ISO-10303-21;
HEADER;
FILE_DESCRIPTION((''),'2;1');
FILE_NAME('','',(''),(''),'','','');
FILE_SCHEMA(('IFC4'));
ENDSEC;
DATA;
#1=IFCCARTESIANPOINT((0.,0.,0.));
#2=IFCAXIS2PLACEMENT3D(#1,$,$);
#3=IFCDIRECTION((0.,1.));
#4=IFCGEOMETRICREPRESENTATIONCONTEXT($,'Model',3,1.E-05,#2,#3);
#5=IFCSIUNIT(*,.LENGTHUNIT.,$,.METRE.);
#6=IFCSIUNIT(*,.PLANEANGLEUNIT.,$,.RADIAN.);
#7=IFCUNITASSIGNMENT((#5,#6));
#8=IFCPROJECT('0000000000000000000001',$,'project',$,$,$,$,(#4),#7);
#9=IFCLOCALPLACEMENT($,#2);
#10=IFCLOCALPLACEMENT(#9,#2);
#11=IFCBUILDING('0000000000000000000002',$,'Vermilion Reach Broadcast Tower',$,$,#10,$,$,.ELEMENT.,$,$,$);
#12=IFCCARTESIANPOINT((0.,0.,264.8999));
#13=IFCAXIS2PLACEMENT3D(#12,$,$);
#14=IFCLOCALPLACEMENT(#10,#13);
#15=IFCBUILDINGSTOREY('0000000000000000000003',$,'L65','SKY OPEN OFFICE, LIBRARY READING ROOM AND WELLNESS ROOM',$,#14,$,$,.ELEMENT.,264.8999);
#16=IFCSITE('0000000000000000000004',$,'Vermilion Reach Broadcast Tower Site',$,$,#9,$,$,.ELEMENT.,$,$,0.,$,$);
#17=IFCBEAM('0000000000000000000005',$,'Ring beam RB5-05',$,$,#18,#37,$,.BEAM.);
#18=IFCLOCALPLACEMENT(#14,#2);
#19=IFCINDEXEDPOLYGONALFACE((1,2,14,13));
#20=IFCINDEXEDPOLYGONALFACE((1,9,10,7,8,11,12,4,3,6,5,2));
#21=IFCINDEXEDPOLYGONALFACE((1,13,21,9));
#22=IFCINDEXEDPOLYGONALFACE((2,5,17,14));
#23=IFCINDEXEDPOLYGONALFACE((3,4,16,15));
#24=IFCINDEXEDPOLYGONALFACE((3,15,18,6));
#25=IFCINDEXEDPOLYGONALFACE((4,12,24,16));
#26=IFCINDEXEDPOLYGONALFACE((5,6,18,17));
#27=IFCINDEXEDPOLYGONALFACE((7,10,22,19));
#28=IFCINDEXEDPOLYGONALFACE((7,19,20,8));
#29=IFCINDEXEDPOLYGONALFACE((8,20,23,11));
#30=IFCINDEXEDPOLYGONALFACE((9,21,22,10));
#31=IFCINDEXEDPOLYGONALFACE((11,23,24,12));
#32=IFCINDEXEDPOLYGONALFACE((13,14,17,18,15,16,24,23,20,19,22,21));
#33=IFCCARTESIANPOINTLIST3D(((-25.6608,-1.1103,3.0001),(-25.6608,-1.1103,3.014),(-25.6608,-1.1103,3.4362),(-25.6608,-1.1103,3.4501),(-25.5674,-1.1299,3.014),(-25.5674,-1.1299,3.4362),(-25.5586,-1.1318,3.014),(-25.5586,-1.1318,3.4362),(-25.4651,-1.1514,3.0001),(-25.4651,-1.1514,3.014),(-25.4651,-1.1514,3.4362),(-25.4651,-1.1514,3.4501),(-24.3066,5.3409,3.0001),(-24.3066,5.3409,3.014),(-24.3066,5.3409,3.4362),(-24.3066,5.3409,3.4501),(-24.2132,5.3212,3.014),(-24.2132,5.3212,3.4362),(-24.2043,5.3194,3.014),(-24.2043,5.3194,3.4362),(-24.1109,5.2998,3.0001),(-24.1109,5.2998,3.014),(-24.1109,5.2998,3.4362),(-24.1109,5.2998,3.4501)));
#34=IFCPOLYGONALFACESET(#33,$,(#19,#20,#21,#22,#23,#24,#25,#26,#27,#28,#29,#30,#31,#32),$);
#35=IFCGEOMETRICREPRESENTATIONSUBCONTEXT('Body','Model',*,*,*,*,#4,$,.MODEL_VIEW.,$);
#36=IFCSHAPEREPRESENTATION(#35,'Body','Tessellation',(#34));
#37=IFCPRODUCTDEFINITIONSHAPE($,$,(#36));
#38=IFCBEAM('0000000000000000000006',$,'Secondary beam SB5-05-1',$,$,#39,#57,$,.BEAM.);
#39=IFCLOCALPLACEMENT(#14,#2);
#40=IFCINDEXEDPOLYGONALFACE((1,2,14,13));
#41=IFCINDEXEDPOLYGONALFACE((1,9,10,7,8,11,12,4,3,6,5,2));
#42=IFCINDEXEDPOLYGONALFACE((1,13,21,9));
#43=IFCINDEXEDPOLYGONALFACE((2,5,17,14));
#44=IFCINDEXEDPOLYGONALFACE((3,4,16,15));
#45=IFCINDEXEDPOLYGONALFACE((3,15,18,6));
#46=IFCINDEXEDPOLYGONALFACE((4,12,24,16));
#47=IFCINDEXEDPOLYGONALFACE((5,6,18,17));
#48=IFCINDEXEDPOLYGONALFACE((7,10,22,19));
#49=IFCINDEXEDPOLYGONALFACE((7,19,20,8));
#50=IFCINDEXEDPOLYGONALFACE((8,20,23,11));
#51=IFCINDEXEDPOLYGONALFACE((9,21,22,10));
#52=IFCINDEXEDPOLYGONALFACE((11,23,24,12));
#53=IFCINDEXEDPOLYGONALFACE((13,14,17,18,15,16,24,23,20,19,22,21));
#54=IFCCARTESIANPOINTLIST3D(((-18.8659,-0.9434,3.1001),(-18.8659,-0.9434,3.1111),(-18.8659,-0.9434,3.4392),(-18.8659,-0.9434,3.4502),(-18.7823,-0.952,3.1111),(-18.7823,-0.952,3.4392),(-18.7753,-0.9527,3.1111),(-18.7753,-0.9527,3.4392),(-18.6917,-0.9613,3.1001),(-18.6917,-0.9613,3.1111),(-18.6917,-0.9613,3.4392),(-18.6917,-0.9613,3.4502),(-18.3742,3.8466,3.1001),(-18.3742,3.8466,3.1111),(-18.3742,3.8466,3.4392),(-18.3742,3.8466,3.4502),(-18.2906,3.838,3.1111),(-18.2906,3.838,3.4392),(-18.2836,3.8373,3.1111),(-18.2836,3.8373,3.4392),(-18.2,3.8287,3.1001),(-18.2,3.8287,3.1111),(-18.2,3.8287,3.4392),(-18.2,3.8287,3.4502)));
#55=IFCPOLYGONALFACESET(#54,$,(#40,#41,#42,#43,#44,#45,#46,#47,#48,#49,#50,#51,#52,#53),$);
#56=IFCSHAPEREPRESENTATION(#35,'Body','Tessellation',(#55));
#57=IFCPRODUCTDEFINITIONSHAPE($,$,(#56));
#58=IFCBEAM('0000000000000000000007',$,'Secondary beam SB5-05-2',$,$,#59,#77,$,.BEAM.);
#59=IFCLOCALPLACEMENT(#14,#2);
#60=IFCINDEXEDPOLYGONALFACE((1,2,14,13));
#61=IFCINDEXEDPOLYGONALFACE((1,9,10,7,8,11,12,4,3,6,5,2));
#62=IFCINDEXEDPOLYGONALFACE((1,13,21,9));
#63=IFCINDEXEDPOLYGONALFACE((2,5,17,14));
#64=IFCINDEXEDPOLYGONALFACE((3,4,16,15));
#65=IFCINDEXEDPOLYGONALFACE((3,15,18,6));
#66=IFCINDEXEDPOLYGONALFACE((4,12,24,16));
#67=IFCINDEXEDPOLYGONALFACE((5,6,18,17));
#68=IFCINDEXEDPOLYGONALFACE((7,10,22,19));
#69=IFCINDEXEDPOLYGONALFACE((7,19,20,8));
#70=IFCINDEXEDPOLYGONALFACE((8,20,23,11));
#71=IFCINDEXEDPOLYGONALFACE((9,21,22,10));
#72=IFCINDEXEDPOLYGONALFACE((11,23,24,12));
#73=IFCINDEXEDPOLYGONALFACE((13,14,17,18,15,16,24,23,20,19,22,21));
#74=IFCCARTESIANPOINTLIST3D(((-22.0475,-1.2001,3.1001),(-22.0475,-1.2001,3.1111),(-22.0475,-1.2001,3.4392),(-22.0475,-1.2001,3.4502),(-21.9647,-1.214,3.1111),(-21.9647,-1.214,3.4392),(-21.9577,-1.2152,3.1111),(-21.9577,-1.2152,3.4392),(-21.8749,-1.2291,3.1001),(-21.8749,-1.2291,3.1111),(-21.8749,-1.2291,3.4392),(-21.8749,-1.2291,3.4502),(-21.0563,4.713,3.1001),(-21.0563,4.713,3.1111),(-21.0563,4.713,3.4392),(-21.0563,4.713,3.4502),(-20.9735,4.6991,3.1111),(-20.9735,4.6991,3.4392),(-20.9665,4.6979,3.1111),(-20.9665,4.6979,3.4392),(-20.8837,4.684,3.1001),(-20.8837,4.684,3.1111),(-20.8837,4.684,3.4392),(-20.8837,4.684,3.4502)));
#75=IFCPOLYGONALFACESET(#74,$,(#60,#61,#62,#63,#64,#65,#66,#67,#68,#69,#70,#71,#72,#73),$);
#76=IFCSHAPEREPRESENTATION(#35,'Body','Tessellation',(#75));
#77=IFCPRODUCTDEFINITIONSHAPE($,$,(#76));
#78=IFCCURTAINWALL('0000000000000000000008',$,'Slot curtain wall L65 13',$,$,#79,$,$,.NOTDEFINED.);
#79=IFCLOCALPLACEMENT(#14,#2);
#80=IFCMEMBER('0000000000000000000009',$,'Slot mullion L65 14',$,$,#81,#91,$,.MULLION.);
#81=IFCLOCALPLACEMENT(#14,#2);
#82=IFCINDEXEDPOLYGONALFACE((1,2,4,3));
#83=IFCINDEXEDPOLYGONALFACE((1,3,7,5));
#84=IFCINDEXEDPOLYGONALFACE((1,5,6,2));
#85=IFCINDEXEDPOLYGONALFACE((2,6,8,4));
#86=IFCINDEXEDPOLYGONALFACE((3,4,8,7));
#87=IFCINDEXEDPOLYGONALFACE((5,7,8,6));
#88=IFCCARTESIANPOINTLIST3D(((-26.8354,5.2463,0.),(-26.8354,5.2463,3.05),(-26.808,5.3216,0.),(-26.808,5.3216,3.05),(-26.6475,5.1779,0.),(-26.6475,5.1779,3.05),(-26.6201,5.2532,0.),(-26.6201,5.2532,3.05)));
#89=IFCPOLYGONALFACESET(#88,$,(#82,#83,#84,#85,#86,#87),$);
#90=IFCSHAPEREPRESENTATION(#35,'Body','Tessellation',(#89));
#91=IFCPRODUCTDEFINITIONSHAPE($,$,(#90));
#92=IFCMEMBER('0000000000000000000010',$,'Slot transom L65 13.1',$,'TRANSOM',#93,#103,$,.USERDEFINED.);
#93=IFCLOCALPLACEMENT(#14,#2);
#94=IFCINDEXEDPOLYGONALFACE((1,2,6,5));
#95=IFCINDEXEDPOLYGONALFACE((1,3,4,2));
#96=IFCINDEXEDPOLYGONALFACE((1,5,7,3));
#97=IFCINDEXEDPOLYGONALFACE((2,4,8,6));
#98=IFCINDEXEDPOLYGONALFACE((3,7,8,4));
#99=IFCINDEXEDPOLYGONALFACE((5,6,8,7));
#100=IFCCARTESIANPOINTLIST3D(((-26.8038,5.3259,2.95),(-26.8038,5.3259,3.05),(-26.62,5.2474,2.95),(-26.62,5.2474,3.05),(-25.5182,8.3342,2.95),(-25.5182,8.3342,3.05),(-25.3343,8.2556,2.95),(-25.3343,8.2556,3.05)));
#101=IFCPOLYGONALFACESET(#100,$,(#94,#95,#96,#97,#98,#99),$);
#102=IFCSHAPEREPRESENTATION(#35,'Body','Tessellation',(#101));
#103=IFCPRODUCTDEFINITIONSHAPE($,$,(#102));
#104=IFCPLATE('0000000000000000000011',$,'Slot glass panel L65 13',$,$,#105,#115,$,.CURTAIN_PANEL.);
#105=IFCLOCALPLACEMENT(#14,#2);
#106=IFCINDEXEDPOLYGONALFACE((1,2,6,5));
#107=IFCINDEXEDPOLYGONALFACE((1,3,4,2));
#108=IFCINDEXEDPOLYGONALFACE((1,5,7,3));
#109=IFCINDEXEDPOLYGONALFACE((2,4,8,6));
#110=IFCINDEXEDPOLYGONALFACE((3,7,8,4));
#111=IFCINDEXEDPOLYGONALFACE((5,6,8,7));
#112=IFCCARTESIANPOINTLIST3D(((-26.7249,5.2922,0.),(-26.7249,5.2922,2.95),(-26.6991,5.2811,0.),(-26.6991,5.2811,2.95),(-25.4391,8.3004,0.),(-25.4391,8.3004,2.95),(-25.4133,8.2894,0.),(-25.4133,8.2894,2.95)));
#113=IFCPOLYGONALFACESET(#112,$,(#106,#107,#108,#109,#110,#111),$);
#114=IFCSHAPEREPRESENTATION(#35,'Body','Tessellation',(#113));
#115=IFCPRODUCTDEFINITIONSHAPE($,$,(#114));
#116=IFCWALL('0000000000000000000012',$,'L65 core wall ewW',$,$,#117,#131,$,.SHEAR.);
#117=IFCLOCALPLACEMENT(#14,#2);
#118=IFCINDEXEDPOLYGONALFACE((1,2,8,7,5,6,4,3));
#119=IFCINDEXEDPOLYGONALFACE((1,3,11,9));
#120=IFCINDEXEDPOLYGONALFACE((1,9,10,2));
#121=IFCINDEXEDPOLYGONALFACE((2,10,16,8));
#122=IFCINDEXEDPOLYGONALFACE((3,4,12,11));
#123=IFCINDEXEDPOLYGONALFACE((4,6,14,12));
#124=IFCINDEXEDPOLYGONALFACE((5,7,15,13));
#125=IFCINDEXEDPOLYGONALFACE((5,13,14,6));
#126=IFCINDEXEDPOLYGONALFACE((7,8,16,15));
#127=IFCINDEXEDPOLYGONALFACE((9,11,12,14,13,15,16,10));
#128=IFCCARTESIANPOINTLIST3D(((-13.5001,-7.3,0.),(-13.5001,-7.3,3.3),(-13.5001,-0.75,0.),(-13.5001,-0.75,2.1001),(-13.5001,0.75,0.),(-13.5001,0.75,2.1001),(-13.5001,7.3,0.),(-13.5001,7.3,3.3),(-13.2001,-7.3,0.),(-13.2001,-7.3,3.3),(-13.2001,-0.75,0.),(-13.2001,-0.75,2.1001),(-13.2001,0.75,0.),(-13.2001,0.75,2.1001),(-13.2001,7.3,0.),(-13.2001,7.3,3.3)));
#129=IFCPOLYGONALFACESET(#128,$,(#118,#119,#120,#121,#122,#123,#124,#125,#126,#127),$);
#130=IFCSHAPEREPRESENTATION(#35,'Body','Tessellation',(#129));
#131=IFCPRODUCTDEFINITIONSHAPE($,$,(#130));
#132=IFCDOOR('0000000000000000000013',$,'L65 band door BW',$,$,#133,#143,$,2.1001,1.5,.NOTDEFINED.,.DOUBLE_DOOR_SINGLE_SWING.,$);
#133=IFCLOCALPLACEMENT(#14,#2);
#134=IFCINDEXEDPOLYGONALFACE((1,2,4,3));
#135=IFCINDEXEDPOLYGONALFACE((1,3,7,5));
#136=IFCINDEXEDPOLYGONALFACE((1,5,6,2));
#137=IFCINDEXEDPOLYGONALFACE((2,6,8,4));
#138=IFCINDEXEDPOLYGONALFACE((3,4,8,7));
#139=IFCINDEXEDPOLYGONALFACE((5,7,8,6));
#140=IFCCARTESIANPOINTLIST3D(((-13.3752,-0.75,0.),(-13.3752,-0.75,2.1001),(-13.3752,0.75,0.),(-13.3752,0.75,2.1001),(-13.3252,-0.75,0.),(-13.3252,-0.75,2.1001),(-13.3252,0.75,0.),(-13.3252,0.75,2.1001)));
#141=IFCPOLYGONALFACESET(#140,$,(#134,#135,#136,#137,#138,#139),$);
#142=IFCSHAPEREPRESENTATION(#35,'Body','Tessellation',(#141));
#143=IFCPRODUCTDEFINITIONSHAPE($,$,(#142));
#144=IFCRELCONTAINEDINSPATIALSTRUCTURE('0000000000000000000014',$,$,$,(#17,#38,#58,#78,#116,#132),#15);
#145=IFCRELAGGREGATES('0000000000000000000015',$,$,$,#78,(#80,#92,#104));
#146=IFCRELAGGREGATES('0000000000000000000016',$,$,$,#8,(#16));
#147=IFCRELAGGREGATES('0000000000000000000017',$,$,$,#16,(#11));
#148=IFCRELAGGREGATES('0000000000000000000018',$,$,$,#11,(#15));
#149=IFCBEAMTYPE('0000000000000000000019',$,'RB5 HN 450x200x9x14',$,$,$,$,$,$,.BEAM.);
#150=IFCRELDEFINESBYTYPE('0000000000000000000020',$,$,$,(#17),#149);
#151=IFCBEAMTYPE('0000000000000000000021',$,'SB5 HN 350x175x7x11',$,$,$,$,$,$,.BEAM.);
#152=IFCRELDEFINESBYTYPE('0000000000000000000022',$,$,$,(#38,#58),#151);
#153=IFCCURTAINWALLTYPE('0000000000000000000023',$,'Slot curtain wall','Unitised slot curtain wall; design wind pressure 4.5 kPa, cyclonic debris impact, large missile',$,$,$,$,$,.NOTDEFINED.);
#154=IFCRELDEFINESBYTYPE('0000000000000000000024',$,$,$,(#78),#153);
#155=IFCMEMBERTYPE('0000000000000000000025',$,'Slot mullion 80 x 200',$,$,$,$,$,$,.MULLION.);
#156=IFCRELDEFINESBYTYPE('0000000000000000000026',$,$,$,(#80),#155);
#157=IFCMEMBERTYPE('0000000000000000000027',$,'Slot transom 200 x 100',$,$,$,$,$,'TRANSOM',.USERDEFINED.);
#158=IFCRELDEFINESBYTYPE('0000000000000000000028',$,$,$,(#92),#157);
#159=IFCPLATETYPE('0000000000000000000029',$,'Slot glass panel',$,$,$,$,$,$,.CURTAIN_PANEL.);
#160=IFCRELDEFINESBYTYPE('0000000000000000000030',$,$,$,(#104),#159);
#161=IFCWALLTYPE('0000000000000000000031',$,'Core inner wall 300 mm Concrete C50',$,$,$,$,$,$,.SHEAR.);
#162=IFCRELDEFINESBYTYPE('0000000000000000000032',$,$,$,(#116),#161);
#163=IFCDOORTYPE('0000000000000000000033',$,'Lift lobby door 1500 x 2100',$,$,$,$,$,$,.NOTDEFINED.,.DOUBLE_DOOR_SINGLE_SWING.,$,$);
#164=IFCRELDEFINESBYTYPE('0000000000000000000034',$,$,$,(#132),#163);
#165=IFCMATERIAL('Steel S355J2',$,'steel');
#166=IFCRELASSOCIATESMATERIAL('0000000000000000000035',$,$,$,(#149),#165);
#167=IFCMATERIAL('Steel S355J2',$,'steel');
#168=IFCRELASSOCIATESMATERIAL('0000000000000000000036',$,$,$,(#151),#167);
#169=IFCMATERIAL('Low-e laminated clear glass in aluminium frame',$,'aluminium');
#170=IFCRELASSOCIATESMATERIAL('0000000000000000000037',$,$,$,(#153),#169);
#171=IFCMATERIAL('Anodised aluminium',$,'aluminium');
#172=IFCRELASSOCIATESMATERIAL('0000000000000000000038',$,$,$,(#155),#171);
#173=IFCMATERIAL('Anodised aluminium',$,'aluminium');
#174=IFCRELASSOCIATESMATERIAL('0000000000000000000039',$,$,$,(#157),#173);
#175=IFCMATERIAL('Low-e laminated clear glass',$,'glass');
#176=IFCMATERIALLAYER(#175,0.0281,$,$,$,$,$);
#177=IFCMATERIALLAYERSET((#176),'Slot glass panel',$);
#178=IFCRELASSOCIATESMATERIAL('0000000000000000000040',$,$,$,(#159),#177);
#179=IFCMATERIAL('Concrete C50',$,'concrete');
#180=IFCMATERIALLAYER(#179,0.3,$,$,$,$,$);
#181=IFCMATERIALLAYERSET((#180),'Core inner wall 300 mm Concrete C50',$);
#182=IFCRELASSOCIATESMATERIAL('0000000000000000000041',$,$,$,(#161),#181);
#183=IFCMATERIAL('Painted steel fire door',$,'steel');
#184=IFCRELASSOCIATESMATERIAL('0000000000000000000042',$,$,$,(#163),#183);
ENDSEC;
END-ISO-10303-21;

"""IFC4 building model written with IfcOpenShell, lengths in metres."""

from ifc_helpers import new_model, si_unit, direction, frame, frame_2d, origin, origin_2d, place, context, subcontext, project, spatial, rectangle, i_section, extrude, material, layer, layer_set, material_profile, profile_set, type_object, element, fill, aggregate, save


model = new_model("IFC4")

# Units and contexts
model_context = context("Model", 3, precision=1e-05, world=origin(), true_north=direction((0.0, 1.0)))
body_context = subcontext(model_context, "Body", "Model", "MODEL_VIEW")
ifc_project = project(units=[si_unit("LENGTHUNIT", "METRE"), si_unit("PLANEANGLEUNIT", "RADIAN")], contexts=[model_context])

# Site, building, storey
site_placement = place(None, origin())
site = spatial("IfcSite", under=ifc_project, at=site_placement, Name="Vermilion Reach Broadcast Tower Site", CompositionType="ELEMENT", RefElevation=0.0)
building_placement = place(site_placement, origin())
building = spatial("IfcBuilding", under=site, at=building_placement, Name="Vermilion Reach Broadcast Tower", CompositionType="ELEMENT")
storey_placement = place(building_placement, frame((0.0, 0.0, 264.8999)))
storey = spatial("IfcBuildingStorey", under=building, at=storey_placement, Name="L65", Description="SKY OPEN OFFICE, LIBRARY READING ROOM AND WELLNESS ROOM", CompositionType="ELEMENT", Elevation=264.8999)

# Beams
ifc_material_1 = material(Name="Steel S355J2", Category="steel")
ifc_material_profile_1 = material_profile(ifc_material_1, i_section(OverallWidth=0.2, OverallDepth=0.45, WebThickness=0.009, FlangeThickness=0.0139, at=origin_2d()), Name="S355J2 HN 450x200x9x14")
ifc_profile_set_1 = profile_set([ifc_material_profile_1], Name="Steel S355J2")
beam_type_1 = type_object("IfcBeamType", Name="RB5 HN 450x200x9x14", PredefinedType="BEAM", material=ifc_profile_set_1)
beam_1_placement = place(storey_placement, frame((-24.2087, 5.3203, 3.2251), z_axis=(-0.205445, -0.978669, 0.0), x_axis=(0.978669, -0.205445, 0.0)))
element("IfcBeam", 1, at=beam_1_placement, inside=storey, type_object=beam_type_1, Name="Ring beam RB5-05", PredefinedType="BEAM", context=body_context, shape_type="SweptSolid", body=[
    extrude(i_section(OverallWidth=0.2, OverallDepth=0.45, WebThickness=0.009, FlangeThickness=0.0139, at=origin_2d()), origin(), (0.0, 0.0, 1.0), 6.5918),
])
ifc_material_2 = material(Name="Steel S355J2", Category="steel")
ifc_material_profile_2 = material_profile(ifc_material_2, i_section(OverallWidth=0.175, OverallDepth=0.3501, WebThickness=0.0071, FlangeThickness=0.011, at=origin_2d()), Name="S355J2 HN 350x175x7x11")
ifc_profile_set_2 = profile_set([ifc_material_profile_2], Name="Steel S355J2")
beam_type_2 = type_object("IfcBeamType", Name="SB5 HN 350x175x7x11", PredefinedType="BEAM", material=ifc_profile_set_2)
beam_2_placement = place(storey_placement, frame((-18.2871, 3.8376, 3.2751), z_axis=(-0.102114, -0.994773, 0.0), x_axis=(0.994773, -0.102114, 0.0)))
element("IfcBeam", 2, at=beam_2_placement, inside=storey, type_object=beam_type_2, Name="Secondary beam SB5-05-1", PredefinedType="BEAM", context=body_context, shape_type="SweptSolid", body=[
    extrude(i_section(OverallWidth=0.175, OverallDepth=0.3501, WebThickness=0.0071, FlangeThickness=0.011, at=origin_2d()), origin(), (0.0, 0.0, 1.0), 4.8152),
])
beam_3_placement = place(storey_placement, frame((-20.97, 4.6985, 3.2751), z_axis=(-0.165323, -0.986239, 0.0), x_axis=(0.986239, -0.165323, 0.0)))
element("IfcBeam", 3, at=beam_3_placement, inside=storey, type_object=beam_type_2, Name="Secondary beam SB5-05-2", PredefinedType="BEAM", context=body_context, shape_type="SweptSolid", body=[
    extrude(i_section(OverallWidth=0.175, OverallDepth=0.3501, WebThickness=0.0071, FlangeThickness=0.011, at=origin_2d()), origin(), (0.0, 0.0, 1.0), 5.9956),
])

# Curtain wall, members, plate
ifc_material_3 = material(Name="Low-e laminated clear glass in aluminium frame", Category="aluminium")
curtain_wall_type = type_object("IfcCurtainWallType", Name="Slot curtain wall", Description="Unitised slot curtain wall; design wind pressure 4.5 kPa, cyclonic debris impact, large missile", PredefinedType="NOTDEFINED", material=ifc_material_3)
curtain_wall_placement = place(storey_placement, origin())
curtain_wall = element("IfcCurtainWall", 4, at=curtain_wall_placement, inside=storey, type_object=curtain_wall_type, Name="Slot curtain wall L65 13", PredefinedType="NOTDEFINED")
ifc_material_4 = material(Name="Anodised aluminium", Category="aluminium")
ifc_material_profile_3 = material_profile(ifc_material_4, rectangle(XDim=0.2, YDim=0.0801, at=origin_2d()), Name="Slot mullion 80 x 200")
ifc_profile_set_3 = profile_set([ifc_material_profile_3], Name="Anodised aluminium")
member_type_1 = type_object("IfcMemberType", Name="Slot mullion 80 x 200", PredefinedType="MULLION", material=ifc_profile_set_3)
member_1_placement = place(storey_placement, frame((-26.7278, 5.2498, 0.0), z_axis=(0.0, 0.0, 1.0), x_axis=(0.939699, -0.342004, 0.0)))
member_1 = element("IfcMember", 5, at=member_1_placement, type_object=member_type_1, Name="Slot mullion L65 14", PredefinedType="MULLION", context=body_context, shape_type="SweptSolid", body=[
    extrude(rectangle(XDim=0.2, YDim=0.0801, at=origin_2d()), origin(), (0.0, 0.0, 1.0), 3.05),
])
ifc_material_5 = material(Name="Anodised aluminium", Category="aluminium")
ifc_material_profile_4 = material_profile(ifc_material_5, rectangle(XDim=0.2, YDim=0.1001, at=origin_2d()), Name="Slot transom 200 x 100")
ifc_profile_set_4 = profile_set([ifc_material_profile_4], Name="Anodised aluminium")
member_type_2 = type_object("IfcMemberType", Name="Slot transom 200 x 100", ElementType="TRANSOM", PredefinedType="USERDEFINED", material=ifc_profile_set_4)
member_2_placement = place(storey_placement, frame((-25.4263, 8.2949, 3.0), z_axis=(-0.392982, -0.919546, 0.0), x_axis=(0.919546, -0.392982, 0.0)))
member_2 = element("IfcMember", 6, at=member_2_placement, type_object=member_type_2, Name="Slot transom L65 13.1", ObjectType="TRANSOM", PredefinedType="USERDEFINED", context=body_context, shape_type="SweptSolid", body=[
    extrude(rectangle(XDim=0.2, YDim=0.1001, at=origin_2d()), origin(), (0.0, 0.0, 1.0), 3.2715),
])
ifc_material_6 = material(Name="Low-e laminated clear glass", Category="glass")
ifc_layer_1 = layer(ifc_material_6, 0.0281)
ifc_layer_set_1 = layer_set([ifc_layer_1], Name="Slot glass panel")
plate_type = type_object("IfcPlateType", Name="Slot glass panel", PredefinedType="CURTAIN_PANEL", material=ifc_layer_set_1)
plate_placement = place(storey_placement, frame((-26.0691, 6.7908, 0.0), z_axis=(0.0, 0.0, 1.0), x_axis=(-0.393019, -0.919531, 0.0)))
plate = element("IfcPlate", 7, at=plate_placement, type_object=plate_type, Name="Slot glass panel L65 13", PredefinedType="CURTAIN_PANEL", context=body_context, shape_type="SweptSolid", body=[
    extrude(rectangle(XDim=3.2715, YDim=0.0281, at=origin_2d()), origin(), (0.0, 0.0, 1.0), 2.95),
])
aggregate(curtain_wall, [member_1, member_2, plate])

# Wall, opening, door
ifc_material_7 = material(Name="Concrete C50", Category="concrete")
ifc_layer_2 = layer(ifc_material_7, 0.3)
ifc_layer_set_2 = layer_set([ifc_layer_2], Name="Core inner wall 300 mm Concrete C50")
wall_type_1 = type_object("IfcWallType", Name="Core inner wall 300 mm Concrete C50", PredefinedType="SHEAR", material=ifc_layer_set_2)
wall_1_placement = place(storey_placement, frame((-13.3501, 7.3, 0.0), z_axis=(0.0, 0.0, 1.0), x_axis=(0.0, -1.0, 0.0)))
wall_1 = element("IfcWall", 8, at=wall_1_placement, inside=storey, type_object=wall_type_1, Name="L65 core wall ewW", PredefinedType="SHEAR", context=body_context, shape_type="SweptSolid", body=[
    extrude(rectangle(XDim=14.6001, YDim=0.3, at=frame_2d((7.3, 0.0))), origin(), (0.0, 0.0, 1.0), 3.3),
])
opening_1_placement = place(wall_1_placement, frame((6.55, 0.0, 0.0)))
opening_1 = element("IfcOpeningElement", 9, at=opening_1_placement, cuts=wall_1, PredefinedType="OPENING", context=body_context, shape_type="SweptSolid", body=[
    extrude(rectangle(XDim=1.5, YDim=2.1001, at=frame_2d((0.75, 1.05))), frame((0.0, 0.1599, 0.0), z_axis=(0.0, -1.0, 0.0), x_axis=(1.0, 0.0, 0.0)), (0.0, 0.0, 1.0), 0.3201),
])
ifc_material_8 = material(Name="Painted steel fire door", Category="steel")
door_type_1 = type_object("IfcDoorType", Name="Lift lobby door 1500 x 2100", OperationType="DOUBLE_DOOR_SINGLE_SWING", PredefinedType="NOTDEFINED", material=ifc_material_8)
door_1_placement = place(opening_1_placement, origin())
door_1 = element("IfcDoor", 10, at=door_1_placement, inside=storey, type_object=door_type_1, Name="L65 band door BW", OperationType="DOUBLE_DOOR_SINGLE_SWING", OverallHeight=2.1001, OverallWidth=1.5, PredefinedType="NOTDEFINED", context=body_context, shape_type="SweptSolid", body=[
    extrude(rectangle(XDim=1.5, YDim=2.1001, at=frame_2d((0.75, 1.05))), frame((0.0, 0.0249, 0.0), z_axis=(0.0, -1.0, 0.0), x_axis=(1.0, 0.0, 0.0)), (0.0, 0.0, 1.0), 0.05),
])
fill(opening_1, door_1)

save(model, "model.ifc")
